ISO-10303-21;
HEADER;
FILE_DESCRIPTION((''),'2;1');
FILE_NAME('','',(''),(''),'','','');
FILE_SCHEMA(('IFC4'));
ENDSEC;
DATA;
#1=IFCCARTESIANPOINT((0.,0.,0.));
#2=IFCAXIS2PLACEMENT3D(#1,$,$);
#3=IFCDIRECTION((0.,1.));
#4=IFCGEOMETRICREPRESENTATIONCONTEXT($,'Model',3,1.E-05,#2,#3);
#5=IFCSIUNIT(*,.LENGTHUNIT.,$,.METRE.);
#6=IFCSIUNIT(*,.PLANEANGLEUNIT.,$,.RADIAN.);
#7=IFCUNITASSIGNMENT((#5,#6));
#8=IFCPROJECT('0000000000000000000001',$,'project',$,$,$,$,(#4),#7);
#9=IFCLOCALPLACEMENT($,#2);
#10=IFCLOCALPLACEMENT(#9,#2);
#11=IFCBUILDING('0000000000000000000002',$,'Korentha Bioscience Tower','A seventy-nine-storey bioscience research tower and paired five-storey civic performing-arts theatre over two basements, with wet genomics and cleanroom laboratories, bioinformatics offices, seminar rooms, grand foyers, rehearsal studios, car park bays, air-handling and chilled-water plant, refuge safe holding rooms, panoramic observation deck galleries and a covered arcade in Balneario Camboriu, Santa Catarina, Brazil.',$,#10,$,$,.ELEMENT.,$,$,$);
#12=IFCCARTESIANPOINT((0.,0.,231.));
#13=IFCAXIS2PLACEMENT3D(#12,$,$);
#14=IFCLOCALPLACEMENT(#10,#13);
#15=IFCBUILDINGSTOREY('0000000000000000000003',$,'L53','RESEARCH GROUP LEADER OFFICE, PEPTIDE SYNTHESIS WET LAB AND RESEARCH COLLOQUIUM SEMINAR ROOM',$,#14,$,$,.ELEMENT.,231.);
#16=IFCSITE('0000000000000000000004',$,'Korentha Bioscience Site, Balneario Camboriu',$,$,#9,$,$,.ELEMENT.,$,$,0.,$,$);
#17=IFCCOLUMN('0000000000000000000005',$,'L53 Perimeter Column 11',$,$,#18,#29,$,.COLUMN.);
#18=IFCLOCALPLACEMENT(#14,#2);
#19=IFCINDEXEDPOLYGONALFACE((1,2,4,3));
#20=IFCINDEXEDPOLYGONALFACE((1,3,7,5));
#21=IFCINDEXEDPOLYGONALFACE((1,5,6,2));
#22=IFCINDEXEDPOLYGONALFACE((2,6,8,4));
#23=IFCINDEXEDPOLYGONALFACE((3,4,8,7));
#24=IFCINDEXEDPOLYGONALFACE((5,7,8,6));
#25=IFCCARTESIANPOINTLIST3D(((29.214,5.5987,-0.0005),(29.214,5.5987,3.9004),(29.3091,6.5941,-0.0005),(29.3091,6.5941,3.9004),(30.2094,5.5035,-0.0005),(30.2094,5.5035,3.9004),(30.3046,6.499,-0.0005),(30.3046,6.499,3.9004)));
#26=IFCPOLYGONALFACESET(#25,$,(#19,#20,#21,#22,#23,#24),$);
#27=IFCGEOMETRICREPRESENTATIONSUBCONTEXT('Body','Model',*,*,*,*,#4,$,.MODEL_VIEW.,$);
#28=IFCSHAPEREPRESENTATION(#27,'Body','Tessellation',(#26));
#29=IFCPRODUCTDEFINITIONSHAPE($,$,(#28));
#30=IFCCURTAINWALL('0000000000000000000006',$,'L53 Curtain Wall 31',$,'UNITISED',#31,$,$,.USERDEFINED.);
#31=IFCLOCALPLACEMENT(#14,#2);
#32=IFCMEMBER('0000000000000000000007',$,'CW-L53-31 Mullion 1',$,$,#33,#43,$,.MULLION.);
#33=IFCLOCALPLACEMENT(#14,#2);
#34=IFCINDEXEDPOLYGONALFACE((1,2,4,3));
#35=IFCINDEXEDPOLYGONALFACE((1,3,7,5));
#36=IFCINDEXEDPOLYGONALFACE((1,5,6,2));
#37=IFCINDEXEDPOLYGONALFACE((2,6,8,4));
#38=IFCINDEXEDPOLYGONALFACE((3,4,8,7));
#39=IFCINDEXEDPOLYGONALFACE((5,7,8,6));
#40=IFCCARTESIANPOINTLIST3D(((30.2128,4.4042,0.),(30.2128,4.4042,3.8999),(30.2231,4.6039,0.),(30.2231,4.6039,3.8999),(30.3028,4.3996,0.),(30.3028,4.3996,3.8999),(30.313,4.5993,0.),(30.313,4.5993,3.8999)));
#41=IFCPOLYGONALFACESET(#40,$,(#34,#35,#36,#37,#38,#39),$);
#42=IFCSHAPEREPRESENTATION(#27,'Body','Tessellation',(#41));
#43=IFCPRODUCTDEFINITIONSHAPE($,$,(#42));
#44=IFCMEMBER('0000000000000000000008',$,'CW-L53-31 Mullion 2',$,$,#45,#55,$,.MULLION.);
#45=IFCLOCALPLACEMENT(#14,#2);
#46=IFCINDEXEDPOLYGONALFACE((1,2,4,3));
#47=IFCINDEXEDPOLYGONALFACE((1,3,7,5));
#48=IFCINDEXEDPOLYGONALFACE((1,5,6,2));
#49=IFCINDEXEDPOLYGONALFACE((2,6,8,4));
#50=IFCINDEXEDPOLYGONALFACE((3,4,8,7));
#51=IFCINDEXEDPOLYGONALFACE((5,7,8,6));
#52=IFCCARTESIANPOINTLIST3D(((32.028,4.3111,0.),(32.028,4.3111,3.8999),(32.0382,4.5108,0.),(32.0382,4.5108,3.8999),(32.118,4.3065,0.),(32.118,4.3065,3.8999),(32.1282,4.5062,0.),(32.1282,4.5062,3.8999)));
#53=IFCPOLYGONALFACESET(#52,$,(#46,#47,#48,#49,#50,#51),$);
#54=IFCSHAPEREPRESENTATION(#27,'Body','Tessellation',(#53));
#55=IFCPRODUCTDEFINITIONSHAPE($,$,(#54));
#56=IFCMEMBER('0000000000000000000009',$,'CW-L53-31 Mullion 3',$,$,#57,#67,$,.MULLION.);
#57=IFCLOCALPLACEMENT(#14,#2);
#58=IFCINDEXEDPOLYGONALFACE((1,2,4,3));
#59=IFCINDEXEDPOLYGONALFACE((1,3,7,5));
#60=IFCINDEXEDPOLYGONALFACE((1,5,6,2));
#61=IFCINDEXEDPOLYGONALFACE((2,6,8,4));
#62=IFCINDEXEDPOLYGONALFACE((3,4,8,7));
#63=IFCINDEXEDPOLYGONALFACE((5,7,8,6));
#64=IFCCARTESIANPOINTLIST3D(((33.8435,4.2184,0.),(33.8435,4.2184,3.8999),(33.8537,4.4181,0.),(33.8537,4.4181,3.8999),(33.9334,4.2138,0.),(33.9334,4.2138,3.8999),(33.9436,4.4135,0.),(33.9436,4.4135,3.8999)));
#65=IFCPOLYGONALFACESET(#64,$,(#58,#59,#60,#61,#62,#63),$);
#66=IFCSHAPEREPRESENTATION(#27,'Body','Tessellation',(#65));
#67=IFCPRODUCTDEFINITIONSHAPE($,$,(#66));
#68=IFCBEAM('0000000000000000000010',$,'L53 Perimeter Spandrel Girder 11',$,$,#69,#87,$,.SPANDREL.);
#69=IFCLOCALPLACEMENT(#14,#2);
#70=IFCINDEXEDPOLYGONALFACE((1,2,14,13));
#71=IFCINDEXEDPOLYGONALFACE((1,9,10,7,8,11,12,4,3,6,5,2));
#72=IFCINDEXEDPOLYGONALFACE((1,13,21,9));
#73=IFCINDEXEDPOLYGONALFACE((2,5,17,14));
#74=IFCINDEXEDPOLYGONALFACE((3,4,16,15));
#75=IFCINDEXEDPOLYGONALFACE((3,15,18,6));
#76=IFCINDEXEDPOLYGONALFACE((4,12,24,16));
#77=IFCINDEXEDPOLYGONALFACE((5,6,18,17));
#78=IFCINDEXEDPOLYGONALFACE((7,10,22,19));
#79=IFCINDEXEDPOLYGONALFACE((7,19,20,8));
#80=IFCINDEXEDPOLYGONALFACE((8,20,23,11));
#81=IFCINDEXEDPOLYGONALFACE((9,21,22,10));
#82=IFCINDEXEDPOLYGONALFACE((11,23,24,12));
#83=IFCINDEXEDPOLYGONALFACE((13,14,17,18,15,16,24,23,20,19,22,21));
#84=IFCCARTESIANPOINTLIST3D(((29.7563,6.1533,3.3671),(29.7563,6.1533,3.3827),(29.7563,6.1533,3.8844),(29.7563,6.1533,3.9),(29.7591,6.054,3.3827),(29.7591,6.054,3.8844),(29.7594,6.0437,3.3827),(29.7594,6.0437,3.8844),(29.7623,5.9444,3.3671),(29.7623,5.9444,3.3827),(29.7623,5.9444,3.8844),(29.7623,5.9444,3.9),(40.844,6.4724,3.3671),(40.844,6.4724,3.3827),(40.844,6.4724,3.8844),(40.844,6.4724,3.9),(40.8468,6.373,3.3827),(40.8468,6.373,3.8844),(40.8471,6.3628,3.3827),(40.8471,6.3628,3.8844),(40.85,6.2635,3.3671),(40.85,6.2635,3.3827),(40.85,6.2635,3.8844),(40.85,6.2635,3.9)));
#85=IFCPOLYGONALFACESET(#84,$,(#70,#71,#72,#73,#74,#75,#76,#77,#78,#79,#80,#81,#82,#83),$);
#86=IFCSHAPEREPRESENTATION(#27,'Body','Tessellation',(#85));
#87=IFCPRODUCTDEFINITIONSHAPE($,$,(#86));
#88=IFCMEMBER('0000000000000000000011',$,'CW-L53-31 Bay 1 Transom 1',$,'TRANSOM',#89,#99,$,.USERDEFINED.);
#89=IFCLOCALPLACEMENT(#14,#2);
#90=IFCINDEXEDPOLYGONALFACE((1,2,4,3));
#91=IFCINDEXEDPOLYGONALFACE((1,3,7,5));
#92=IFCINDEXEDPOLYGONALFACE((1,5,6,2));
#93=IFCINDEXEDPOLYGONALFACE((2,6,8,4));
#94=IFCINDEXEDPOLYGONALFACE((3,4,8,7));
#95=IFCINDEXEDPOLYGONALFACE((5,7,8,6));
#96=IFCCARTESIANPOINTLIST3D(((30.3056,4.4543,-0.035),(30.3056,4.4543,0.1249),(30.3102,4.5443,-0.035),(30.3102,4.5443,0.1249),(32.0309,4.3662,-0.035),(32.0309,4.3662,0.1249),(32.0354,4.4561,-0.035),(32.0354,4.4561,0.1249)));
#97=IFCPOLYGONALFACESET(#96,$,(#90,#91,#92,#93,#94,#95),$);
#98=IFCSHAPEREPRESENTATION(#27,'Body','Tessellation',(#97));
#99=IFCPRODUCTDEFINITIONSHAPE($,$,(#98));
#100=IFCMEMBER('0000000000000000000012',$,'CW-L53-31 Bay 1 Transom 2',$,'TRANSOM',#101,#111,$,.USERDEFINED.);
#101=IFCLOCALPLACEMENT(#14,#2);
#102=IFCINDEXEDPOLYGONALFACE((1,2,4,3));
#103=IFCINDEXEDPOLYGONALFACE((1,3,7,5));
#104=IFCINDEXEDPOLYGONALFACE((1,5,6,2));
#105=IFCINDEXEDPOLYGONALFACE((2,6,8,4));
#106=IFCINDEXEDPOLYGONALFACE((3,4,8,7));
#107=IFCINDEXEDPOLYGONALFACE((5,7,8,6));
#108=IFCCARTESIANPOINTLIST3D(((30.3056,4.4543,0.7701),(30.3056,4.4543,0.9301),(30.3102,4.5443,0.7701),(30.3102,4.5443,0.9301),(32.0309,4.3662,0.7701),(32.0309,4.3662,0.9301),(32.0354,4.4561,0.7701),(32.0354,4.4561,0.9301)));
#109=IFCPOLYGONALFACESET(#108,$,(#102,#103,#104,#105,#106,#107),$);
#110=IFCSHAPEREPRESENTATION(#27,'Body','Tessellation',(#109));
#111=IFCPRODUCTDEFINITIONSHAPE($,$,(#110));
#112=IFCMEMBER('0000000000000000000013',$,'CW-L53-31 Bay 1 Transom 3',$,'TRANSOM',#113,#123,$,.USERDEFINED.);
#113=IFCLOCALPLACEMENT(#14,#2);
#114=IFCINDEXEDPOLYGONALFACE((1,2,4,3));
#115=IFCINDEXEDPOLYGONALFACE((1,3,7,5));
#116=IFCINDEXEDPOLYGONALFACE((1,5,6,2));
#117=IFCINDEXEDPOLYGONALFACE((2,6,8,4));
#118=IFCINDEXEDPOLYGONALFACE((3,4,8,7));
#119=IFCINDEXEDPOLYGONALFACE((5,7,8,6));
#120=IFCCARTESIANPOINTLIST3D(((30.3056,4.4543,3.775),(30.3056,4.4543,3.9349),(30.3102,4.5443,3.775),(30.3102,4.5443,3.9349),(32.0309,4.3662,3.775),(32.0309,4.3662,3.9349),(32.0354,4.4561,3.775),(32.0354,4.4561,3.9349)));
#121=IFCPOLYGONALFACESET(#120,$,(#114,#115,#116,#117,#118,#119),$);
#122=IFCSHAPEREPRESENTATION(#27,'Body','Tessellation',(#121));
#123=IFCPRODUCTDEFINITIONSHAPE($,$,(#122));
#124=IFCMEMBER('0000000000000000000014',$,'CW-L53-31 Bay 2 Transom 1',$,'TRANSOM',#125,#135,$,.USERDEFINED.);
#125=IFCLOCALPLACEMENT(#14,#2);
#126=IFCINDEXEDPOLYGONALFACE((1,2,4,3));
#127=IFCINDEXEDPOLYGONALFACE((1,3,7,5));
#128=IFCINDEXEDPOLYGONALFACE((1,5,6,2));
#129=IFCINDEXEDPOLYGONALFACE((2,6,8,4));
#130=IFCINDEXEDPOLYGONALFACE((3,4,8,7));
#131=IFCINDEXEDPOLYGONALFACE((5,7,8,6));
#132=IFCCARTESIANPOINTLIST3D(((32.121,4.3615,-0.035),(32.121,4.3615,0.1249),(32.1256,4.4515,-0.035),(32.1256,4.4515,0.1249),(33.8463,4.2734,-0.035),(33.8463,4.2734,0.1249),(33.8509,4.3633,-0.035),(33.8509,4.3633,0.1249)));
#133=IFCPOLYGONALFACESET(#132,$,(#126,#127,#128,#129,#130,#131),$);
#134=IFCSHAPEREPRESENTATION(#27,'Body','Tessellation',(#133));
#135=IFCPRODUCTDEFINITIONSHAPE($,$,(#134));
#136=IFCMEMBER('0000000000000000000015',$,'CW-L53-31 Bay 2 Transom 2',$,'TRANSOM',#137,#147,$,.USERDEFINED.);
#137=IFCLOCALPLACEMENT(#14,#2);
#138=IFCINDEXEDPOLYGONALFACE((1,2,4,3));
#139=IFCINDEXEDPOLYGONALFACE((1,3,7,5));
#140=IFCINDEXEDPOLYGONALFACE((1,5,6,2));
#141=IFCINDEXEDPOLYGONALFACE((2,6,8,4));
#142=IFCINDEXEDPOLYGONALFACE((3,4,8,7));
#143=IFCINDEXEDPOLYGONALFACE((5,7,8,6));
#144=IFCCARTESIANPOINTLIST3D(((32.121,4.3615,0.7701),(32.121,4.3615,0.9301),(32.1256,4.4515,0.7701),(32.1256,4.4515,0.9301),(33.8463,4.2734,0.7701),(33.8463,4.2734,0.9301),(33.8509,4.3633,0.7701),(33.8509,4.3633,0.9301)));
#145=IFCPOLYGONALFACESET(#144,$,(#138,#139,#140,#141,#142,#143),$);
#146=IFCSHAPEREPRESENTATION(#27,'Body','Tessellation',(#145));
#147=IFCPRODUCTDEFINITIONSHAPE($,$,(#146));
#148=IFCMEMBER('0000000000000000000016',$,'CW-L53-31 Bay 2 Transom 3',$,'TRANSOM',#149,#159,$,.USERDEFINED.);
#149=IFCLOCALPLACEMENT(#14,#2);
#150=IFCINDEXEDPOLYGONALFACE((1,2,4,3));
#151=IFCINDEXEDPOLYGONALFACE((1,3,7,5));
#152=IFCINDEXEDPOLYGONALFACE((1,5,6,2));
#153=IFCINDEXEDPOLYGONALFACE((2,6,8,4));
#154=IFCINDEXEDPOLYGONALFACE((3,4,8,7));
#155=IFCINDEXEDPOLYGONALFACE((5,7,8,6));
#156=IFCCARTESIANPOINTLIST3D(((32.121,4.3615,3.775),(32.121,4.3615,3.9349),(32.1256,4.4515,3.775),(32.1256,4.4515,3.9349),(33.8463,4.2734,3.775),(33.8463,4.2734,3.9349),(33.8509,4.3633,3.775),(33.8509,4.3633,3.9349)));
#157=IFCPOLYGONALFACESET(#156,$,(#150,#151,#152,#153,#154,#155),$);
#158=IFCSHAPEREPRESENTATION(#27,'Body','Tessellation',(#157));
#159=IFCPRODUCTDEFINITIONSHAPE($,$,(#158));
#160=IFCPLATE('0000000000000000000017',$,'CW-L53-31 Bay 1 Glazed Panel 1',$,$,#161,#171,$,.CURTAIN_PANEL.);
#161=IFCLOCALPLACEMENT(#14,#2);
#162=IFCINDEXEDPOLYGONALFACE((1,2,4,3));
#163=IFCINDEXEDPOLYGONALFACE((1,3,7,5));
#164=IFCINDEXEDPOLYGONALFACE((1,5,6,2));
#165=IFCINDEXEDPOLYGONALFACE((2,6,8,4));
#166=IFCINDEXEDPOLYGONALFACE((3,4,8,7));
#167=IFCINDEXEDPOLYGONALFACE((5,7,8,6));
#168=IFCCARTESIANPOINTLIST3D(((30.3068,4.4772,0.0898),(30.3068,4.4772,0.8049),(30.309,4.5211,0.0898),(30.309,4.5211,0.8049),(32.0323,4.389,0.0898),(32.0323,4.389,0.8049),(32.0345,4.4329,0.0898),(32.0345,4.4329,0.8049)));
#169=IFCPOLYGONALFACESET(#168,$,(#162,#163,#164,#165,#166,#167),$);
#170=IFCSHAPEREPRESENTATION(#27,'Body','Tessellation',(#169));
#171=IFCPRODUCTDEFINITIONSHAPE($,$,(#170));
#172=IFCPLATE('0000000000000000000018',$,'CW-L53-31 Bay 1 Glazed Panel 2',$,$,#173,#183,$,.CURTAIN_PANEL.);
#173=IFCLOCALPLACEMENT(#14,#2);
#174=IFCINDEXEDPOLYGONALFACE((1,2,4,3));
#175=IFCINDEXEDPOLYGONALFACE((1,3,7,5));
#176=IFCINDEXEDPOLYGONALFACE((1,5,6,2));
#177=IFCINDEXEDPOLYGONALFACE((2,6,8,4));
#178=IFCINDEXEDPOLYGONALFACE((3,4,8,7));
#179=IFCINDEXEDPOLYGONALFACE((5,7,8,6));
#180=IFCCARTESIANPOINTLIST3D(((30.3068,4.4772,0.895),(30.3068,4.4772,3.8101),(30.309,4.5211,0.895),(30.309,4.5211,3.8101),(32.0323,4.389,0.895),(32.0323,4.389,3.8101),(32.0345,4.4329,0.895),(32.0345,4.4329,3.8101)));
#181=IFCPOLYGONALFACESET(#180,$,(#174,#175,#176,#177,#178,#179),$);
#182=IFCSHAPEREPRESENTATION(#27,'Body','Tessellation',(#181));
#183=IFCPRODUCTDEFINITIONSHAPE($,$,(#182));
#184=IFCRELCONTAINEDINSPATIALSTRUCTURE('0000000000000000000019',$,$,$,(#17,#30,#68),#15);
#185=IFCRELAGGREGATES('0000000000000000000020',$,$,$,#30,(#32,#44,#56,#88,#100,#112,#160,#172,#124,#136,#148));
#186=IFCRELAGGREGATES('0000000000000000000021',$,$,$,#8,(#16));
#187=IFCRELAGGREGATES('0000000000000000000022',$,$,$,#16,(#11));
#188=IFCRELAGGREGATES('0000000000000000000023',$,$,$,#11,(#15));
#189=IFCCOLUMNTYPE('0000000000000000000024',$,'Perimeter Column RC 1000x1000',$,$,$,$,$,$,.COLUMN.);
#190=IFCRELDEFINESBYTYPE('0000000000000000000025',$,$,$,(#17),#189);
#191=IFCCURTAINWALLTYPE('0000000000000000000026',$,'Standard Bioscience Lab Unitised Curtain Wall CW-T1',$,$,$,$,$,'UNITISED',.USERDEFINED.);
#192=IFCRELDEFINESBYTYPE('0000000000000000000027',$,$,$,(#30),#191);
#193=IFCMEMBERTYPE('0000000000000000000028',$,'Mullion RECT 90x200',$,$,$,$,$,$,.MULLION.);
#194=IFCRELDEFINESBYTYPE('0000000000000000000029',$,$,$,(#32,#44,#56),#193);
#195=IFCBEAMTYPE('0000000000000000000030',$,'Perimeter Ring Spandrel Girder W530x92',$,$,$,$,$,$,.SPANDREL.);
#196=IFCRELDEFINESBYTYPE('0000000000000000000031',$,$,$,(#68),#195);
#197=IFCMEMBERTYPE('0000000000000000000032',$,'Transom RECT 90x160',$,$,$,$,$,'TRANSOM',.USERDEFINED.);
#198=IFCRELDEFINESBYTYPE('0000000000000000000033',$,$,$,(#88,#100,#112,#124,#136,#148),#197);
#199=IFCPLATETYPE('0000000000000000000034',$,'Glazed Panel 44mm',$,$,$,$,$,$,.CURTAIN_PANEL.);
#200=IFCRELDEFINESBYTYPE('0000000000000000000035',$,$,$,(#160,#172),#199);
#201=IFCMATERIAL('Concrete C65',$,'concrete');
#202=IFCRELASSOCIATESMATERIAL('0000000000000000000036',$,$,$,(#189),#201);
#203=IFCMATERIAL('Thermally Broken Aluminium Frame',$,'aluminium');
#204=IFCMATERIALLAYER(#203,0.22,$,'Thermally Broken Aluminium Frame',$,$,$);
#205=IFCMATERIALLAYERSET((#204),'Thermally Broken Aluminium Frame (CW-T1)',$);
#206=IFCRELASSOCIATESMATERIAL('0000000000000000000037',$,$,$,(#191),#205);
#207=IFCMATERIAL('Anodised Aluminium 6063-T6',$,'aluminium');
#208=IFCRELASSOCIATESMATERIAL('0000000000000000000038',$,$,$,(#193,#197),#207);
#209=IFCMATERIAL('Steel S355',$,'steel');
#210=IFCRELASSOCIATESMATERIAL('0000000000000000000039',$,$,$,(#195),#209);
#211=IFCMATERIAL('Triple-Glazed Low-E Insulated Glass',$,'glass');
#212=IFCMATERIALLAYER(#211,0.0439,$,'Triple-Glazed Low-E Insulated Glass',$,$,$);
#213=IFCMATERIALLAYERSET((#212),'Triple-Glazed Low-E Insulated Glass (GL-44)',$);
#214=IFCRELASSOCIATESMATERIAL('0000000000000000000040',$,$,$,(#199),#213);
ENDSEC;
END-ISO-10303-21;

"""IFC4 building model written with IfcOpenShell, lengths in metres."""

from ifc_helpers import new_model, si_unit, direction, frame, origin, origin_2d, place, context, subcontext, project, spatial, rectangle, i_section, extrude, material, layer, layer_set, material_profile, profile_set, type_object, element, aggregate, save


model = new_model("IFC4")

# Units and contexts
model_context = context("Model", 3, precision=1e-05, world=origin(), true_north=direction((0.0, 1.0)))
body_context = subcontext(model_context, "Body", "Model", "MODEL_VIEW")
ifc_project = project(units=[si_unit("LENGTHUNIT", "METRE"), si_unit("PLANEANGLEUNIT", "RADIAN")], contexts=[model_context])

# Site, building, storey
site_placement = place(None, origin())
site = spatial("IfcSite", under=ifc_project, at=site_placement, Name="Korentha Bioscience Site, Balneario Camboriu", CompositionType="ELEMENT", RefElevation=0.0)
building_placement = place(site_placement, origin())
building = spatial("IfcBuilding", under=site, at=building_placement, Name="Korentha Bioscience Tower", Description="A seventy-nine-storey bioscience research tower and paired five-storey civic performing-arts theatre over two basements, with wet genomics and cleanroom laboratories, bioinformatics offices, seminar rooms, grand foyers, rehearsal studios, car park bays, air-handling and chilled-water plant, refuge safe holding rooms, panoramic observation deck galleries and a covered arcade in Balneario Camboriu, Santa Catarina, Brazil.", CompositionType="ELEMENT")
storey_placement = place(building_placement, frame((0.0, 0.0, 231.0)))
storey = spatial("IfcBuildingStorey", under=building, at=storey_placement, Name="L53", Description="RESEARCH GROUP LEADER OFFICE, PEPTIDE SYNTHESIS WET LAB AND RESEARCH COLLOQUIUM SEMINAR ROOM", CompositionType="ELEMENT", Elevation=231.0)

# Column
ifc_material_1 = material(Name="Concrete C65", Category="concrete")
ifc_material_profile_1 = material_profile(ifc_material_1, rectangle(XDim=1.0, YDim=1.0, at=origin_2d()), Name="Concrete C65")
ifc_profile_set_1 = profile_set([ifc_material_profile_1], Name="Concrete C65 (COL-P10)")
column_type = type_object("IfcColumnType", Name="Perimeter Column RC 1000x1000", PredefinedType="COLUMN", material=ifc_profile_set_1)
column_placement = place(storey_placement, frame((29.7593, 6.0488, -0.0005), z_axis=(0.0, 0.0, 1.0), x_axis=(-0.995463, 0.095151, 0.0)))
element("IfcColumn", 1, at=column_placement, inside=storey, type_object=column_type, Name="L53 Perimeter Column 11", PredefinedType="COLUMN", context=body_context, shape_type="SweptSolid", body=[
    extrude(rectangle(XDim=1.0, YDim=1.0, at=origin_2d()), origin(), (0.0, 0.0, 1.0), 3.9009),
])

# Curtain wall, members
ifc_material_2 = material(Name="Thermally Broken Aluminium Frame", Category="aluminium")
ifc_layer_1 = layer(ifc_material_2, 0.22, Name="Thermally Broken Aluminium Frame")
ifc_layer_set_1 = layer_set([ifc_layer_1], Name="Thermally Broken Aluminium Frame (CW-T1)")
curtain_wall_type = type_object("IfcCurtainWallType", Name="Standard Bioscience Lab Unitised Curtain Wall CW-T1", ElementType="UNITISED", PredefinedType="USERDEFINED", material=ifc_layer_set_1)
curtain_wall_placement = place(storey_placement, origin())
curtain_wall = element("IfcCurtainWall", 2, at=curtain_wall_placement, inside=storey, type_object=curtain_wall_type, Name="L53 Curtain Wall 31", ObjectType="UNITISED", PredefinedType="USERDEFINED")
ifc_material_3 = material(Name="Anodised Aluminium 6063-T6", Category="aluminium")
ifc_material_profile_2 = material_profile(ifc_material_3, rectangle(XDim=0.0901, YDim=0.2, at=origin_2d()), Name="Anodised Aluminium 6063-T6")
ifc_profile_set_2 = profile_set([ifc_material_profile_2], Name="Anodised Aluminium 6063-T6 (CW-MUL)")
member_type_1 = type_object("IfcMemberType", Name="Mullion RECT 90x200", PredefinedType="MULLION", material=ifc_profile_set_2)
member_1_placement = place(storey_placement, frame((30.2629, 4.5017, 0.0), z_axis=(0.0, 0.0, 1.0), x_axis=(0.998696, -0.051055, 0.0)))
member_1 = element("IfcMember", 3, at=member_1_placement, type_object=member_type_1, Name="CW-L53-31 Mullion 1", PredefinedType="MULLION", context=body_context, shape_type="SweptSolid", body=[
    extrude(rectangle(XDim=0.0901, YDim=0.2, at=origin_2d()), origin(), (0.0, 0.0, 1.0), 3.8999),
])
member_2_placement = place(storey_placement, frame((32.0781, 4.4087, 0.0), z_axis=(0.0, 0.0, 1.0), x_axis=(0.998696, -0.051055, 0.0)))
member_2 = element("IfcMember", 4, at=member_2_placement, type_object=member_type_1, Name="CW-L53-31 Mullion 2", PredefinedType="MULLION", context=body_context, shape_type="SweptSolid", body=[
    extrude(rectangle(XDim=0.0901, YDim=0.2, at=origin_2d()), origin(), (0.0, 0.0, 1.0), 3.8999),
])
member_3_placement = place(storey_placement, frame((33.8936, 4.3159, 0.0), z_axis=(0.0, 0.0, 1.0), x_axis=(0.998696, -0.051055, 0.0)))
member_3 = element("IfcMember", 5, at=member_3_placement, type_object=member_type_1, Name="CW-L53-31 Mullion 3", PredefinedType="MULLION", context=body_context, shape_type="SweptSolid", body=[
    extrude(rectangle(XDim=0.0901, YDim=0.2, at=origin_2d()), origin(), (0.0, 0.0, 1.0), 3.8999),
])

# Beam
ifc_material_4 = material(Name="Steel S355", Category="steel")
ifc_material_profile_3 = material_profile(ifc_material_4, i_section(OverallWidth=0.209, OverallDepth=0.533, WebThickness=0.0103, FlangeThickness=0.0156, at=origin_2d()), Name="Steel S355")
ifc_profile_set_3 = profile_set([ifc_material_profile_3], Name="Steel S355 (SB-530)")
beam_type = type_object("IfcBeamType", Name="Perimeter Ring Spandrel Girder W530x92", PredefinedType="SPANDREL", material=ifc_profile_set_3)
beam_placement = place(storey_placement, frame((29.7593, 6.0488, 3.6335), z_axis=(0.999586, 0.028767, 0.0), x_axis=(-0.028767, 0.999586, 0.0)))
element("IfcBeam", 6, at=beam_placement, inside=storey, type_object=beam_type, Name="L53 Perimeter Spandrel Girder 11", PredefinedType="SPANDREL", context=body_context, shape_type="SweptSolid", body=[
    extrude(i_section(OverallWidth=0.209, OverallDepth=0.533, WebThickness=0.0103, FlangeThickness=0.0156, at=origin_2d()), origin(), (0.0, 0.0, 1.0), 11.0923),
])

# Members
ifc_material_profile_4 = material_profile(ifc_material_3, rectangle(XDim=0.0901, YDim=0.1599, at=origin_2d()), Name="Anodised Aluminium 6063-T6")
ifc_profile_set_4 = profile_set([ifc_material_profile_4], Name="Anodised Aluminium 6063-T6 (CW-TRN)")
member_type_2 = type_object("IfcMemberType", Name="Transom RECT 90x160", ElementType="TRANSOM", PredefinedType="USERDEFINED", material=ifc_profile_set_4)
member_4_placement = place(storey_placement, frame((30.3079, 4.4993, 0.0449), z_axis=(0.998698, -0.051016, 0.0), x_axis=(0.051016, 0.998698, 0.0)))
member_4 = element("IfcMember", 7, at=member_4_placement, type_object=member_type_2, Name="CW-L53-31 Bay 1 Transom 1", ObjectType="TRANSOM", PredefinedType="USERDEFINED", context=body_context, shape_type="SweptSolid", body=[
    extrude(rectangle(XDim=0.0901, YDim=0.1599, at=origin_2d()), origin(), (0.0, 0.0, 1.0), 1.7275),
])
member_5_placement = place(storey_placement, frame((30.3079, 4.4993, 0.8501), z_axis=(0.998698, -0.051016, 0.0), x_axis=(0.051016, 0.998698, 0.0)))
member_5 = element("IfcMember", 8, at=member_5_placement, type_object=member_type_2, Name="CW-L53-31 Bay 1 Transom 2", ObjectType="TRANSOM", PredefinedType="USERDEFINED", context=body_context, shape_type="SweptSolid", body=[
    extrude(rectangle(XDim=0.0901, YDim=0.1599, at=origin_2d()), origin(), (0.0, 0.0, 1.0), 1.7275),
])
member_6_placement = place(storey_placement, frame((30.3079, 4.4993, 3.855), z_axis=(0.998698, -0.051016, 0.0), x_axis=(0.051016, 0.998698, 0.0)))
member_6 = element("IfcMember", 9, at=member_6_placement, type_object=member_type_2, Name="CW-L53-31 Bay 1 Transom 3", ObjectType="TRANSOM", PredefinedType="USERDEFINED", context=body_context, shape_type="SweptSolid", body=[
    extrude(rectangle(XDim=0.0901, YDim=0.1599, at=origin_2d()), origin(), (0.0, 0.0, 1.0), 1.7275),
])
member_7_placement = place(storey_placement, frame((32.1233, 4.4065, 0.0449), z_axis=(0.998698, -0.051016, 0.0), x_axis=(0.051016, 0.998698, 0.0)))
member_7 = element("IfcMember", 10, at=member_7_placement, type_object=member_type_2, Name="CW-L53-31 Bay 2 Transom 1", ObjectType="TRANSOM", PredefinedType="USERDEFINED", context=body_context, shape_type="SweptSolid", body=[
    extrude(rectangle(XDim=0.0901, YDim=0.1599, at=origin_2d()), origin(), (0.0, 0.0, 1.0), 1.7275),
])
member_8_placement = place(storey_placement, frame((32.1233, 4.4065, 0.8501), z_axis=(0.998698, -0.051016, 0.0), x_axis=(0.051016, 0.998698, 0.0)))
member_8 = element("IfcMember", 11, at=member_8_placement, type_object=member_type_2, Name="CW-L53-31 Bay 2 Transom 2", ObjectType="TRANSOM", PredefinedType="USERDEFINED", context=body_context, shape_type="SweptSolid", body=[
    extrude(rectangle(XDim=0.0901, YDim=0.1599, at=origin_2d()), origin(), (0.0, 0.0, 1.0), 1.7275),
])
member_9_placement = place(storey_placement, frame((32.1233, 4.4065, 3.855), z_axis=(0.998698, -0.051016, 0.0), x_axis=(0.051016, 0.998698, 0.0)))
member_9 = element("IfcMember", 12, at=member_9_placement, type_object=member_type_2, Name="CW-L53-31 Bay 2 Transom 3", ObjectType="TRANSOM", PredefinedType="USERDEFINED", context=body_context, shape_type="SweptSolid", body=[
    extrude(rectangle(XDim=0.0901, YDim=0.1599, at=origin_2d()), origin(), (0.0, 0.0, 1.0), 1.7275),
])

# Plates
ifc_material_5 = material(Name="Triple-Glazed Low-E Insulated Glass", Category="glass")
ifc_layer_2 = layer(ifc_material_5, 0.0439, Name="Triple-Glazed Low-E Insulated Glass")
ifc_layer_set_2 = layer_set([ifc_layer_2], Name="Triple-Glazed Low-E Insulated Glass (GL-44)")
plate_type = type_object("IfcPlateType", Name="Glazed Panel 44mm", PredefinedType="CURTAIN_PANEL", material=ifc_layer_set_2)
plate_1_placement = place(storey_placement, frame((31.1707, 4.4551, 0.0898), z_axis=(0.0, 0.0, 1.0), x_axis=(0.998696, -0.051055, 0.0)))
plate_1 = element("IfcPlate", 13, at=plate_1_placement, type_object=plate_type, Name="CW-L53-31 Bay 1 Glazed Panel 1", PredefinedType="CURTAIN_PANEL", context=body_context, shape_type="SweptSolid", body=[
    extrude(rectangle(XDim=1.7278, YDim=0.0439, at=origin_2d()), origin(), (0.0, 0.0, 1.0), 0.7151),
])
plate_2_placement = place(storey_placement, frame((31.1707, 4.4551, 0.895), z_axis=(0.0, 0.0, 1.0), x_axis=(0.998696, -0.051055, 0.0)))
plate_2 = element("IfcPlate", 14, at=plate_2_placement, type_object=plate_type, Name="CW-L53-31 Bay 1 Glazed Panel 2", PredefinedType="CURTAIN_PANEL", context=body_context, shape_type="SweptSolid", body=[
    extrude(rectangle(XDim=1.7278, YDim=0.0439, at=origin_2d()), origin(), (0.0, 0.0, 1.0), 2.915),
])
aggregate(curtain_wall, [member_1, member_2, member_3, member_4, member_5, member_6, plate_1, plate_2, member_7, member_8, member_9])

save(model, "model.ifc")
